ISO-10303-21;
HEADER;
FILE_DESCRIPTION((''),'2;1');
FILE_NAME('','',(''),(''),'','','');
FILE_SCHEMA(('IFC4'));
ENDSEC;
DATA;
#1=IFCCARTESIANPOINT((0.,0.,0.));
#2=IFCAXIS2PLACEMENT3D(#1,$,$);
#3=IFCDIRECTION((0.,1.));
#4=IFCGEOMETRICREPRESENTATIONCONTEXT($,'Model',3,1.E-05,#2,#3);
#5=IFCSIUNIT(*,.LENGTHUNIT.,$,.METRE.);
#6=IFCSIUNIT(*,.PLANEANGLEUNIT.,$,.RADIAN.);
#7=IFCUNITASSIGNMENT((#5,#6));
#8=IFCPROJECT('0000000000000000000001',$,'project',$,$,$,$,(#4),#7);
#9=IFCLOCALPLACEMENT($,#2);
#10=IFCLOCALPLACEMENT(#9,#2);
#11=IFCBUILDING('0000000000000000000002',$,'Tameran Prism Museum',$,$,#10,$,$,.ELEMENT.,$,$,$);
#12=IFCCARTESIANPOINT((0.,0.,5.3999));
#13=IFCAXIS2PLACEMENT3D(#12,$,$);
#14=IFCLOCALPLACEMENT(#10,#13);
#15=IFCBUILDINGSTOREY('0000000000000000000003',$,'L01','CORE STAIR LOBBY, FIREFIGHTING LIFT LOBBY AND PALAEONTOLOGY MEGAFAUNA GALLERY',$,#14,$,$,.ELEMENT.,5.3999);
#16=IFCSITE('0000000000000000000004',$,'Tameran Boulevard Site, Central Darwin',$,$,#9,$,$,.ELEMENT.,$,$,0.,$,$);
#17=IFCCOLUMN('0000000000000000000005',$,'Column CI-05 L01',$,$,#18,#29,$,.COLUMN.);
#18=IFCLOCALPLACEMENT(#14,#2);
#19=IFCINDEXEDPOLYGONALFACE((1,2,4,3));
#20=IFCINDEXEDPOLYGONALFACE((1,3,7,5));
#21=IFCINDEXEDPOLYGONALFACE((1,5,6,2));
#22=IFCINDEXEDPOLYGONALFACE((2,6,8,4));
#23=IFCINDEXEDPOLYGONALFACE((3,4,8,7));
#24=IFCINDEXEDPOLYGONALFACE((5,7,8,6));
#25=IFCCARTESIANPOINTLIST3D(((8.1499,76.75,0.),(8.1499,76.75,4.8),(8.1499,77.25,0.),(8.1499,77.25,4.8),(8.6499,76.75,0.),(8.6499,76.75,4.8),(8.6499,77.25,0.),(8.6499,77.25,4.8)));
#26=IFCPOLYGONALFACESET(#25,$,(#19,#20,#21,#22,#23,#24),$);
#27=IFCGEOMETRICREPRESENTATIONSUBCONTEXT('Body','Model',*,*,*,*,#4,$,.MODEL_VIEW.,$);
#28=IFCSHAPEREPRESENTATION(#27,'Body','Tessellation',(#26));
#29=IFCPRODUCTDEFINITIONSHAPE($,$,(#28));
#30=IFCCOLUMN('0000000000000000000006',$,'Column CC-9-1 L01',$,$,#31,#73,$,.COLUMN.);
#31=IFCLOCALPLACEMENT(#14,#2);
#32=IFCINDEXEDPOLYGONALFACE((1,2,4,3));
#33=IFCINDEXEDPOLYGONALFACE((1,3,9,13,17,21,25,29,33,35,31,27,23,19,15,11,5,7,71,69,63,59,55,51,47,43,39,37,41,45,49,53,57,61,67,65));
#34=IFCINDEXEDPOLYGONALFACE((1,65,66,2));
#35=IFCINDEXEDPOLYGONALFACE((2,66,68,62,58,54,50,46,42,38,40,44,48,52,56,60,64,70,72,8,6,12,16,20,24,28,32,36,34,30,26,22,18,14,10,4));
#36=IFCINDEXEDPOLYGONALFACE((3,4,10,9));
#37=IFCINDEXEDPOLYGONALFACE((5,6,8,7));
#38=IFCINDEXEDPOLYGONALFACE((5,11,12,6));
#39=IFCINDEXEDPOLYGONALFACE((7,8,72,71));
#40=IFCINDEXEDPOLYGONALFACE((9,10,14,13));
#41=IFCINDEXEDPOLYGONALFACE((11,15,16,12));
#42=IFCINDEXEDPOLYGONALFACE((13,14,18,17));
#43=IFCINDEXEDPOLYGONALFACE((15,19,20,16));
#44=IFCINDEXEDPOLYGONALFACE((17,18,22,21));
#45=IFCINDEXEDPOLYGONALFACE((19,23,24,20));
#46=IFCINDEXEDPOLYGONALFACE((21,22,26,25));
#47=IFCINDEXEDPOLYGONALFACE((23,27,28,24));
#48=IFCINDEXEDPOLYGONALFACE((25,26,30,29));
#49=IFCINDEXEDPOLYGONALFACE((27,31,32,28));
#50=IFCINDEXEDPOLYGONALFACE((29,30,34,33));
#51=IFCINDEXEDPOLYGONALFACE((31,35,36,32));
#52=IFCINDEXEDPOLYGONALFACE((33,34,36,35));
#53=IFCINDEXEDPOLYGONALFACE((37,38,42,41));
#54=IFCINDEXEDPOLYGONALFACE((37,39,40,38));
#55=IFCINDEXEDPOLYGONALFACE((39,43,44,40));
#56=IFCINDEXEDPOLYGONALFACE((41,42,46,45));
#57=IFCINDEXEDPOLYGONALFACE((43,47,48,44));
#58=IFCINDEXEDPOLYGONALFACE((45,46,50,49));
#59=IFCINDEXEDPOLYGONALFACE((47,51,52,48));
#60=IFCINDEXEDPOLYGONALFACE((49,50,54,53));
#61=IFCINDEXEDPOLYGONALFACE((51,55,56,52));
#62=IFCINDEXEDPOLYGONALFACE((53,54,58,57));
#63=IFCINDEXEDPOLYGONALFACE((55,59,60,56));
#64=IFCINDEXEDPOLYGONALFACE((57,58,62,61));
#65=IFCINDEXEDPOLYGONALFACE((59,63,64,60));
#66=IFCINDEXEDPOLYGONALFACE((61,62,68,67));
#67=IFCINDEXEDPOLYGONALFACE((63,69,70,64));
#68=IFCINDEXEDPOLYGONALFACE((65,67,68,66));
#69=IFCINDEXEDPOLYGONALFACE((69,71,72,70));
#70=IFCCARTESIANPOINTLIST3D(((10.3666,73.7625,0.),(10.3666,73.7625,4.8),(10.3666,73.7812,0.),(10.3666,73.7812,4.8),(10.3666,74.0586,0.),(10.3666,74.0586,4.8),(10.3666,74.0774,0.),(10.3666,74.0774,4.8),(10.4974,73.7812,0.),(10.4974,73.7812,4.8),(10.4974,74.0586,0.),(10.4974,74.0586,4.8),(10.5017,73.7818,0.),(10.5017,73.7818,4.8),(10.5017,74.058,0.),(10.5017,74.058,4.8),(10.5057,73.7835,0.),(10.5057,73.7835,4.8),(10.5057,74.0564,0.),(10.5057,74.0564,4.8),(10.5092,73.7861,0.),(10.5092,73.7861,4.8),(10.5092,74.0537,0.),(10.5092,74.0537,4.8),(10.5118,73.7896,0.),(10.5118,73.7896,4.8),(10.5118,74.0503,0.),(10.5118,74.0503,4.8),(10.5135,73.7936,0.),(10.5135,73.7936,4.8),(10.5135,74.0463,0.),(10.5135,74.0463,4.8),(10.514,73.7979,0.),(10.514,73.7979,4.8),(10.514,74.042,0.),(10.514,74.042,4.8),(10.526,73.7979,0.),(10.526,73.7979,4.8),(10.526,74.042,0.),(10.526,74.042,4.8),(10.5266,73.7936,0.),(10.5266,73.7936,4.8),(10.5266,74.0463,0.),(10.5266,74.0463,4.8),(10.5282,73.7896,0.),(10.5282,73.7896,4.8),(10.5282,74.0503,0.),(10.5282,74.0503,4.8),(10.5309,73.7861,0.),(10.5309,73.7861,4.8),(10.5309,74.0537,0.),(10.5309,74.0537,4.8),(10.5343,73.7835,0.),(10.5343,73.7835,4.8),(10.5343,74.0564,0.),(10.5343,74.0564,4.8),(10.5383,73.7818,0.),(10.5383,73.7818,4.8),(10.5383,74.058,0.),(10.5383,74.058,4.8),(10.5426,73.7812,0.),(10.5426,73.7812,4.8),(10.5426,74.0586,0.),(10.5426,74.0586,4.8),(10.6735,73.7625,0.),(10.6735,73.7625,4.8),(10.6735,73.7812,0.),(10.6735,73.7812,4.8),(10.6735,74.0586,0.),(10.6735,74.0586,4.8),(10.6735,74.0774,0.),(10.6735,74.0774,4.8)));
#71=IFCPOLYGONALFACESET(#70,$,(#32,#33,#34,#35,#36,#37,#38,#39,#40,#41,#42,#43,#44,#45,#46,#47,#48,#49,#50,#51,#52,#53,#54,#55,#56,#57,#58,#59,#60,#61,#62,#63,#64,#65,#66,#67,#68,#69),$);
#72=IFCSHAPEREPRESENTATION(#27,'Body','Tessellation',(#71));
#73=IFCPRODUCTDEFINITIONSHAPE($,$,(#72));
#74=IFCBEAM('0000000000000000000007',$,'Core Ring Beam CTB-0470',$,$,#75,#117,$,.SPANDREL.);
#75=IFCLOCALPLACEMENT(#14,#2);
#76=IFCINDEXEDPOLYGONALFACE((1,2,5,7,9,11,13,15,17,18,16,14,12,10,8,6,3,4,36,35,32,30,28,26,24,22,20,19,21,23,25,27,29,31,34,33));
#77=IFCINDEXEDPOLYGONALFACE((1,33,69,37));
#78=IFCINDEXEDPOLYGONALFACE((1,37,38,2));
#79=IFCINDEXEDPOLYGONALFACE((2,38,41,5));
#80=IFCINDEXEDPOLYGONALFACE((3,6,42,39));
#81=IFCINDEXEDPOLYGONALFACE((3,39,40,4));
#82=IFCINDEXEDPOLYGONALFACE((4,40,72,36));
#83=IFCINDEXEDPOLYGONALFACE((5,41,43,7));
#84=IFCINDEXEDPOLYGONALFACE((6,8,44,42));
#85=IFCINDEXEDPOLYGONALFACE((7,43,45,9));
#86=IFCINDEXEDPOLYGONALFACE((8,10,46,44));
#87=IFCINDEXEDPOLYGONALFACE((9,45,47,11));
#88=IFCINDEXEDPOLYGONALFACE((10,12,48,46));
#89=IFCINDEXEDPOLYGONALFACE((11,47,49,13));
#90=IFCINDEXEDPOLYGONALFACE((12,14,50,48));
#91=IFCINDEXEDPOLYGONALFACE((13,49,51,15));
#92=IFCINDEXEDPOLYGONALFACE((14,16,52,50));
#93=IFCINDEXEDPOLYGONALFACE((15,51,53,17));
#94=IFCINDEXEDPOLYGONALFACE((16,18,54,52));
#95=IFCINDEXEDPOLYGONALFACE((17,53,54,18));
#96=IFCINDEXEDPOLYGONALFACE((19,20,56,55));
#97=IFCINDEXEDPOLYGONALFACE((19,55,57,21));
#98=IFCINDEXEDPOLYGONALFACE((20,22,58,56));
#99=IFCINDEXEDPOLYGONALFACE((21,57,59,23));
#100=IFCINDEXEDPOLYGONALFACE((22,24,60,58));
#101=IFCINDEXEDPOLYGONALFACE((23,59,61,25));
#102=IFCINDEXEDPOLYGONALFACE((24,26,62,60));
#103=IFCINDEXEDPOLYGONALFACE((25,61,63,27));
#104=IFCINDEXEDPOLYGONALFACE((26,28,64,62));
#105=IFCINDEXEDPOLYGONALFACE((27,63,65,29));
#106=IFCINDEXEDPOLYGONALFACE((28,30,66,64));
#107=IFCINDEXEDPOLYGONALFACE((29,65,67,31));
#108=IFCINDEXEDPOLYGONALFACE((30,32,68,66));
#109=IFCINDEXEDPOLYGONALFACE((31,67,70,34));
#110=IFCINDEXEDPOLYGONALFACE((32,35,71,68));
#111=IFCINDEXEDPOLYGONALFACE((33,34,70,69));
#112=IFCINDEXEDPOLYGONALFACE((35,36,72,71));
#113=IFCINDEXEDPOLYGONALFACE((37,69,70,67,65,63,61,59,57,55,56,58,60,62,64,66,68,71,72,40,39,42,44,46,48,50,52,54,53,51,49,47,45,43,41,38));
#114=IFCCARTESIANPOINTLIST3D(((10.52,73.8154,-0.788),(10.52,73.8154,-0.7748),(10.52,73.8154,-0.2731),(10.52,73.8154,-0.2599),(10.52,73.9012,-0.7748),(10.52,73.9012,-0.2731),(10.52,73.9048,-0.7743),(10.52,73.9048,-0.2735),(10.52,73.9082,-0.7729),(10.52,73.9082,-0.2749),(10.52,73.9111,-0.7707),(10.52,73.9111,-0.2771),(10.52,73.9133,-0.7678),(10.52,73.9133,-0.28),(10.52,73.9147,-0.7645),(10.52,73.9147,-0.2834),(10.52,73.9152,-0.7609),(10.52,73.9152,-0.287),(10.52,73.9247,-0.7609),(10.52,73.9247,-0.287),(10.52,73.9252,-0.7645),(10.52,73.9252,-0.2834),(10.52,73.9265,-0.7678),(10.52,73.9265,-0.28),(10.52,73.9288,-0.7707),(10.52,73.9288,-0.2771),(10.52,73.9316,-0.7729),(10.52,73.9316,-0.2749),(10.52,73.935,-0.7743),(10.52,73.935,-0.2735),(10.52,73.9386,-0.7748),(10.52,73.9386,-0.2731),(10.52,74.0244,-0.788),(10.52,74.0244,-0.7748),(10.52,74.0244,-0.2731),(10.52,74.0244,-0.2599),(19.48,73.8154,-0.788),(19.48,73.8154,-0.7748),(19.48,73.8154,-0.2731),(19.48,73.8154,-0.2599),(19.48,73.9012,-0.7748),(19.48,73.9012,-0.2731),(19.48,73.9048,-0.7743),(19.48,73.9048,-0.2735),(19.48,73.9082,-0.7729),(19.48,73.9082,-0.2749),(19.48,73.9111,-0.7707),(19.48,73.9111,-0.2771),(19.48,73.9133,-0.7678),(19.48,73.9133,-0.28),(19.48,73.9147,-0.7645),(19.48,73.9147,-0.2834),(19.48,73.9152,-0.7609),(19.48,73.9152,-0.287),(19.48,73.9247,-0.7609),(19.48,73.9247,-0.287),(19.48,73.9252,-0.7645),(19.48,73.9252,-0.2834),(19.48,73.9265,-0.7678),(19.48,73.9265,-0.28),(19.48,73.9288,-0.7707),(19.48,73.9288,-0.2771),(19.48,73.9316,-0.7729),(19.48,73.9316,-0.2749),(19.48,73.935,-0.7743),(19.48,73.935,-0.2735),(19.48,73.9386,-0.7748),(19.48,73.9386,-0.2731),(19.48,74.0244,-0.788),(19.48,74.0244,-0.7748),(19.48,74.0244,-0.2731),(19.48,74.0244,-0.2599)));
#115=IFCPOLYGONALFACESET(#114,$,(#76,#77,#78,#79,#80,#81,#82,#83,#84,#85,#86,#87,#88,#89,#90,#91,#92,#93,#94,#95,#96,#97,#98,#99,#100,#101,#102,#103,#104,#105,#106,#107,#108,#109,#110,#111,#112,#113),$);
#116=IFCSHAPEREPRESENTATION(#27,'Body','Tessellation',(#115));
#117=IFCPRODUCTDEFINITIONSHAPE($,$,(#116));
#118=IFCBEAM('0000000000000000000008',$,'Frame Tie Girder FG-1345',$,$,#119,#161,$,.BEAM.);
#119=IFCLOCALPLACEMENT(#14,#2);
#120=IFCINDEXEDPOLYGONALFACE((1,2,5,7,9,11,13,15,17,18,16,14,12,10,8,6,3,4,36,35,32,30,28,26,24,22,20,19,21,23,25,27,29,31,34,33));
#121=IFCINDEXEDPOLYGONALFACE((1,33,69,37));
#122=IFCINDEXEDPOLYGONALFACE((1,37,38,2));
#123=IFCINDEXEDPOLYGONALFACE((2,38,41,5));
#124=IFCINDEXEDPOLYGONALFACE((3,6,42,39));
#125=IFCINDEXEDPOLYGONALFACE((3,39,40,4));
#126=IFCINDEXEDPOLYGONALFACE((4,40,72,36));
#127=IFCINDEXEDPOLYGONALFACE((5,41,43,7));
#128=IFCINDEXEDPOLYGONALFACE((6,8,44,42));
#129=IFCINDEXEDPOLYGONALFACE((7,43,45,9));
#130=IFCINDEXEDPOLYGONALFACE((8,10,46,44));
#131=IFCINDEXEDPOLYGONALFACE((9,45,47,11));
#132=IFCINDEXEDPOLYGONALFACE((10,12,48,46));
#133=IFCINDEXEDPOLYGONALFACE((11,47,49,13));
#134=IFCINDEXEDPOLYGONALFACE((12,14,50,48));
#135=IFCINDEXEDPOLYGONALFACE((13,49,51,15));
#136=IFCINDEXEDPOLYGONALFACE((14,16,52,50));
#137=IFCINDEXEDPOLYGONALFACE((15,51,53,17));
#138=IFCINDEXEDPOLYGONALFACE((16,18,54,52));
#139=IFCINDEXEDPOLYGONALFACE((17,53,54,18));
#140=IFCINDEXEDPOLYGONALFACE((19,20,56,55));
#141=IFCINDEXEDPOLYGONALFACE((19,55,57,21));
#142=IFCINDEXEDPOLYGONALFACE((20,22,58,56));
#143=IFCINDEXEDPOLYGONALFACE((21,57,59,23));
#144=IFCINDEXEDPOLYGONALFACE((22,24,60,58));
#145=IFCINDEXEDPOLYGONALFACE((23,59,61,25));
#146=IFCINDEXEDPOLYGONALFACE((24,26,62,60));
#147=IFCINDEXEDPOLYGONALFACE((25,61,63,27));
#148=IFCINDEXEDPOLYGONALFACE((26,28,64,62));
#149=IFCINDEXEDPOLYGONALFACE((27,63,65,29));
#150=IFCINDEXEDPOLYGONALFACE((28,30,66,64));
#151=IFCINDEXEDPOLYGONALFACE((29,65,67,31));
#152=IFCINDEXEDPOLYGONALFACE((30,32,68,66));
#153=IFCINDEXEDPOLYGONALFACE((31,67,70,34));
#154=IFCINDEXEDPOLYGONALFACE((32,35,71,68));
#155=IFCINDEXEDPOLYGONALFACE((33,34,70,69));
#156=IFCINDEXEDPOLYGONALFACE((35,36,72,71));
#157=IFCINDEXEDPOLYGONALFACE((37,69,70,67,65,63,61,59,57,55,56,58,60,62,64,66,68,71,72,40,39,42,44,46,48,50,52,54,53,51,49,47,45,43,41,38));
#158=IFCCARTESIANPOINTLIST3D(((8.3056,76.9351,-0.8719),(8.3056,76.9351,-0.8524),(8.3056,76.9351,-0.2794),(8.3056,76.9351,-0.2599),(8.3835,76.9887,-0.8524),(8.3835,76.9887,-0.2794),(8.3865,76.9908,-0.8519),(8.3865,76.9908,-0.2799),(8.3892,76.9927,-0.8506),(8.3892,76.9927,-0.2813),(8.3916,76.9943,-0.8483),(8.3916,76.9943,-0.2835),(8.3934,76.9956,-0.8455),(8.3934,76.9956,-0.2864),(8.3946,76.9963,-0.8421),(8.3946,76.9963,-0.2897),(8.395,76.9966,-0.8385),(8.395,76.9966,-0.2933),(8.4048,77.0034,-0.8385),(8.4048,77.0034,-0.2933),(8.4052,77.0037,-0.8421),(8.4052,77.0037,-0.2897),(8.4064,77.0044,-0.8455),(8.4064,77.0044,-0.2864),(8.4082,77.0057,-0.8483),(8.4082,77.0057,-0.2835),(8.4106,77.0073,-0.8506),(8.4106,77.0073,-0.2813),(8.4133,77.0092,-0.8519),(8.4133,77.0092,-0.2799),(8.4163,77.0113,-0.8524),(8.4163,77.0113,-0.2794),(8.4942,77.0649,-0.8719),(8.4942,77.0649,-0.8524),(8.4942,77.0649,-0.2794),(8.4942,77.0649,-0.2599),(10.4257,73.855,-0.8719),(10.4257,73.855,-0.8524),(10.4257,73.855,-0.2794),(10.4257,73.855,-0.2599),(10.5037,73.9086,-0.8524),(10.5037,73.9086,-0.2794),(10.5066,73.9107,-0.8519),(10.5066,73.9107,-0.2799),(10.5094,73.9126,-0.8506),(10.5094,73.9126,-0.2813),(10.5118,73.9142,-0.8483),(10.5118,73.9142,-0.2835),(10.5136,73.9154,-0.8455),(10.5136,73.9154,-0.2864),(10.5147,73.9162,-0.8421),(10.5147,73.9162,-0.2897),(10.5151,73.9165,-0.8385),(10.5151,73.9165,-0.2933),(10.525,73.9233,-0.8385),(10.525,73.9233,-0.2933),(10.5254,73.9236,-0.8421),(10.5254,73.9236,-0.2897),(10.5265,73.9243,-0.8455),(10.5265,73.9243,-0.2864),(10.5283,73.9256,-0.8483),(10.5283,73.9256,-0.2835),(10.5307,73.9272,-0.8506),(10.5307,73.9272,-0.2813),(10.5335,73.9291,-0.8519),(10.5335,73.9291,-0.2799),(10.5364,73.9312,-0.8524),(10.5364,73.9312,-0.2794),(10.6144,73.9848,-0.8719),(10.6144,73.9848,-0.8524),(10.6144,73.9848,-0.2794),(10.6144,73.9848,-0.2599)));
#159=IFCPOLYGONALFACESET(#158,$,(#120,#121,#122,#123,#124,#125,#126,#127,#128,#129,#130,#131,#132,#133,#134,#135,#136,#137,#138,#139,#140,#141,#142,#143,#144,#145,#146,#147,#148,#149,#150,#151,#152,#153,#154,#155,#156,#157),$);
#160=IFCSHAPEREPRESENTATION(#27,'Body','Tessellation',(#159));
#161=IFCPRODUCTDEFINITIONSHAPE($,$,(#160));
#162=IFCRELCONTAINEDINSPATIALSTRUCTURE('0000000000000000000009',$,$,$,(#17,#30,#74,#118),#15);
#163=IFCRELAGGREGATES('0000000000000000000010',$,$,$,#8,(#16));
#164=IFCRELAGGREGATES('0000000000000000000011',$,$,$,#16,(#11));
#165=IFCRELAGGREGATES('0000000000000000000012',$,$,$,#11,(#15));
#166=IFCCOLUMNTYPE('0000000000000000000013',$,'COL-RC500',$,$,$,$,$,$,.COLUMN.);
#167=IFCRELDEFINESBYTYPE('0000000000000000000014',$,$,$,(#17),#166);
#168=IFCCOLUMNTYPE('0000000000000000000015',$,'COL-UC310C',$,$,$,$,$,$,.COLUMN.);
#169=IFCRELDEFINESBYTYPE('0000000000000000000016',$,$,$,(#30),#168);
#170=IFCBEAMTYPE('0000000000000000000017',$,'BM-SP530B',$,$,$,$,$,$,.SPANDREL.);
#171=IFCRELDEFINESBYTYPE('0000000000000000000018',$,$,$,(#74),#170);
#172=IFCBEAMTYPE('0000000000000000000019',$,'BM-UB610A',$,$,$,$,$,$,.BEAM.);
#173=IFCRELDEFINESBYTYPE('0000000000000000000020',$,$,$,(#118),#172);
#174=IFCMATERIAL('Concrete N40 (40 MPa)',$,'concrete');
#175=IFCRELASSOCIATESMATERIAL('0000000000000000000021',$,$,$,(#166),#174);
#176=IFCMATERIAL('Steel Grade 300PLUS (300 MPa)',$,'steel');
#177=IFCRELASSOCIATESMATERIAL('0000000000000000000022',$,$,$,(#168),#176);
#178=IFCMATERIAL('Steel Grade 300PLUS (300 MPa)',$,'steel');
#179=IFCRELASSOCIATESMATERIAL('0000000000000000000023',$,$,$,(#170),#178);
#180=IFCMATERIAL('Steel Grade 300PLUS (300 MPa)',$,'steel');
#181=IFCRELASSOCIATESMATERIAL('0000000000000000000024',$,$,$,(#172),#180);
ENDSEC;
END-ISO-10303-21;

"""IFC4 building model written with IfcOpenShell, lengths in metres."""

from ifc_helpers import new_model, si_unit, direction, frame, origin, origin_2d, place, context, subcontext, project, spatial, rectangle, i_section, extrude, material, material_profile, profile_set, type_object, element, save


model = new_model("IFC4")

# Units and contexts
model_context = context("Model", 3, precision=1e-05, world=origin(), true_north=direction((0.0, 1.0)))
body_context = subcontext(model_context, "Body", "Model", "MODEL_VIEW")
ifc_project = project(units=[si_unit("LENGTHUNIT", "METRE"), si_unit("PLANEANGLEUNIT", "RADIAN")], contexts=[model_context])

# Site, building, storey
site_placement = place(None, origin())
site = spatial("IfcSite", under=ifc_project, at=site_placement, Name="Tameran Boulevard Site, Central Darwin", CompositionType="ELEMENT", RefElevation=0.0)
building_placement = place(site_placement, origin())
building = spatial("IfcBuilding", under=site, at=building_placement, Name="Tameran Prism Museum", CompositionType="ELEMENT")
storey_placement = place(building_placement, frame((0.0, 0.0, 5.3999)))
storey = spatial("IfcBuildingStorey", under=building, at=storey_placement, Name="L01", Description="CORE STAIR LOBBY, FIREFIGHTING LIFT LOBBY AND PALAEONTOLOGY MEGAFAUNA GALLERY", CompositionType="ELEMENT", Elevation=5.3999)

# Columns
ifc_material_1 = material(Name="Concrete N40 (40 MPa)", Category="concrete")
ifc_material_profile_1 = material_profile(ifc_material_1, rectangle(XDim=0.5, YDim=0.5, at=origin_2d()))
ifc_profile_set_1 = profile_set([ifc_material_profile_1])
column_type_1 = type_object("IfcColumnType", Name="COL-RC500", PredefinedType="COLUMN", material=ifc_profile_set_1)
column_1_placement = place(storey_placement, frame((8.3999, 77.0, 0.0), z_axis=(0.0, 0.0, 1.0), x_axis=(1.0, 0.0, 0.0)))
element("IfcColumn", 1, at=column_1_placement, inside=storey, type_object=column_type_1, Name="Column CI-05 L01", PredefinedType="COLUMN", context=body_context, shape_type="SweptSolid", body=[
    extrude(rectangle(XDim=0.5, YDim=0.5, at=origin_2d()), origin(), (0.0, 0.0, 1.0), 4.8),
])
ifc_material_2 = material(Name="Steel Grade 300PLUS (300 MPa)", Category="steel")
ifc_material_profile_2 = material_profile(ifc_material_2, i_section(OverallWidth=0.3069, OverallDepth=0.3149, WebThickness=0.012, FlangeThickness=0.0188, FilletRadius=0.0166, at=origin_2d()))
ifc_profile_set_2 = profile_set([ifc_material_profile_2])
column_type_2 = type_object("IfcColumnType", Name="COL-UC310C", PredefinedType="COLUMN", material=ifc_profile_set_2)
column_2_placement = place(storey_placement, frame((10.52, 73.9199, 0.0), z_axis=(0.0, 0.0, 1.0), x_axis=(1.0, 0.0, 0.0)))
element("IfcColumn", 2, at=column_2_placement, inside=storey, type_object=column_type_2, Name="Column CC-9-1 L01", PredefinedType="COLUMN", context=body_context, shape_type="SweptSolid", body=[
    extrude(i_section(OverallWidth=0.3069, OverallDepth=0.3149, WebThickness=0.012, FlangeThickness=0.0188, FilletRadius=0.0166, at=origin_2d()), origin(), (0.0, 0.0, 1.0), 4.8),
])

# Beams
ifc_material_3 = material(Name="Steel Grade 300PLUS (300 MPa)", Category="steel")
ifc_material_profile_3 = material_profile(ifc_material_3, i_section(OverallWidth=0.209, OverallDepth=0.5281, WebThickness=0.0095, FlangeThickness=0.0132, FilletRadius=0.0139, at=origin_2d()))
ifc_profile_set_3 = profile_set([ifc_material_profile_3])
beam_type_1 = type_object("IfcBeamType", Name="BM-SP530B", PredefinedType="SPANDREL", material=ifc_profile_set_3)
beam_1_placement = place(storey_placement, frame((10.52, 73.9199, -0.5239), z_axis=(1.0, 0.0, 0.0), x_axis=(0.0, 1.0, 0.0)))
element("IfcBeam", 3, at=beam_1_placement, inside=storey, type_object=beam_type_1, Name="Core Ring Beam CTB-0470", PredefinedType="SPANDREL", context=body_context, shape_type="SweptSolid", body=[
    extrude(i_section(OverallWidth=0.209, OverallDepth=0.5281, WebThickness=0.0095, FlangeThickness=0.0132, FilletRadius=0.0139, at=origin_2d()), origin(), (0.0, 0.0, 1.0), 8.96),
])
ifc_material_4 = material(Name="Steel Grade 300PLUS (300 MPa)", Category="steel")
ifc_material_profile_4 = material_profile(ifc_material_4, i_section(OverallWidth=0.229, OverallDepth=0.6121, WebThickness=0.012, FlangeThickness=0.0195, FilletRadius=0.0139, at=origin_2d()))
ifc_profile_set_4 = profile_set([ifc_material_profile_4])
beam_type_2 = type_object("IfcBeamType", Name="BM-UB610A", PredefinedType="BEAM", material=ifc_profile_set_4)
beam_2_placement = place(storey_placement, frame((8.3999, 77.0, -0.5659), z_axis=(0.566994, -0.823722, 0.0), x_axis=(0.823722, 0.566994, 0.0)))
element("IfcBeam", 4, at=beam_2_placement, inside=storey, type_object=beam_type_2, Name="Frame Tie Girder FG-1345", PredefinedType="BEAM", context=body_context, shape_type="SweptSolid", body=[
    extrude(i_section(OverallWidth=0.229, OverallDepth=0.6121, WebThickness=0.012, FlangeThickness=0.0195, FilletRadius=0.0139, at=origin_2d()), origin(), (0.0, 0.0, 1.0), 3.7393),
])

save(model, "model.ifc")
